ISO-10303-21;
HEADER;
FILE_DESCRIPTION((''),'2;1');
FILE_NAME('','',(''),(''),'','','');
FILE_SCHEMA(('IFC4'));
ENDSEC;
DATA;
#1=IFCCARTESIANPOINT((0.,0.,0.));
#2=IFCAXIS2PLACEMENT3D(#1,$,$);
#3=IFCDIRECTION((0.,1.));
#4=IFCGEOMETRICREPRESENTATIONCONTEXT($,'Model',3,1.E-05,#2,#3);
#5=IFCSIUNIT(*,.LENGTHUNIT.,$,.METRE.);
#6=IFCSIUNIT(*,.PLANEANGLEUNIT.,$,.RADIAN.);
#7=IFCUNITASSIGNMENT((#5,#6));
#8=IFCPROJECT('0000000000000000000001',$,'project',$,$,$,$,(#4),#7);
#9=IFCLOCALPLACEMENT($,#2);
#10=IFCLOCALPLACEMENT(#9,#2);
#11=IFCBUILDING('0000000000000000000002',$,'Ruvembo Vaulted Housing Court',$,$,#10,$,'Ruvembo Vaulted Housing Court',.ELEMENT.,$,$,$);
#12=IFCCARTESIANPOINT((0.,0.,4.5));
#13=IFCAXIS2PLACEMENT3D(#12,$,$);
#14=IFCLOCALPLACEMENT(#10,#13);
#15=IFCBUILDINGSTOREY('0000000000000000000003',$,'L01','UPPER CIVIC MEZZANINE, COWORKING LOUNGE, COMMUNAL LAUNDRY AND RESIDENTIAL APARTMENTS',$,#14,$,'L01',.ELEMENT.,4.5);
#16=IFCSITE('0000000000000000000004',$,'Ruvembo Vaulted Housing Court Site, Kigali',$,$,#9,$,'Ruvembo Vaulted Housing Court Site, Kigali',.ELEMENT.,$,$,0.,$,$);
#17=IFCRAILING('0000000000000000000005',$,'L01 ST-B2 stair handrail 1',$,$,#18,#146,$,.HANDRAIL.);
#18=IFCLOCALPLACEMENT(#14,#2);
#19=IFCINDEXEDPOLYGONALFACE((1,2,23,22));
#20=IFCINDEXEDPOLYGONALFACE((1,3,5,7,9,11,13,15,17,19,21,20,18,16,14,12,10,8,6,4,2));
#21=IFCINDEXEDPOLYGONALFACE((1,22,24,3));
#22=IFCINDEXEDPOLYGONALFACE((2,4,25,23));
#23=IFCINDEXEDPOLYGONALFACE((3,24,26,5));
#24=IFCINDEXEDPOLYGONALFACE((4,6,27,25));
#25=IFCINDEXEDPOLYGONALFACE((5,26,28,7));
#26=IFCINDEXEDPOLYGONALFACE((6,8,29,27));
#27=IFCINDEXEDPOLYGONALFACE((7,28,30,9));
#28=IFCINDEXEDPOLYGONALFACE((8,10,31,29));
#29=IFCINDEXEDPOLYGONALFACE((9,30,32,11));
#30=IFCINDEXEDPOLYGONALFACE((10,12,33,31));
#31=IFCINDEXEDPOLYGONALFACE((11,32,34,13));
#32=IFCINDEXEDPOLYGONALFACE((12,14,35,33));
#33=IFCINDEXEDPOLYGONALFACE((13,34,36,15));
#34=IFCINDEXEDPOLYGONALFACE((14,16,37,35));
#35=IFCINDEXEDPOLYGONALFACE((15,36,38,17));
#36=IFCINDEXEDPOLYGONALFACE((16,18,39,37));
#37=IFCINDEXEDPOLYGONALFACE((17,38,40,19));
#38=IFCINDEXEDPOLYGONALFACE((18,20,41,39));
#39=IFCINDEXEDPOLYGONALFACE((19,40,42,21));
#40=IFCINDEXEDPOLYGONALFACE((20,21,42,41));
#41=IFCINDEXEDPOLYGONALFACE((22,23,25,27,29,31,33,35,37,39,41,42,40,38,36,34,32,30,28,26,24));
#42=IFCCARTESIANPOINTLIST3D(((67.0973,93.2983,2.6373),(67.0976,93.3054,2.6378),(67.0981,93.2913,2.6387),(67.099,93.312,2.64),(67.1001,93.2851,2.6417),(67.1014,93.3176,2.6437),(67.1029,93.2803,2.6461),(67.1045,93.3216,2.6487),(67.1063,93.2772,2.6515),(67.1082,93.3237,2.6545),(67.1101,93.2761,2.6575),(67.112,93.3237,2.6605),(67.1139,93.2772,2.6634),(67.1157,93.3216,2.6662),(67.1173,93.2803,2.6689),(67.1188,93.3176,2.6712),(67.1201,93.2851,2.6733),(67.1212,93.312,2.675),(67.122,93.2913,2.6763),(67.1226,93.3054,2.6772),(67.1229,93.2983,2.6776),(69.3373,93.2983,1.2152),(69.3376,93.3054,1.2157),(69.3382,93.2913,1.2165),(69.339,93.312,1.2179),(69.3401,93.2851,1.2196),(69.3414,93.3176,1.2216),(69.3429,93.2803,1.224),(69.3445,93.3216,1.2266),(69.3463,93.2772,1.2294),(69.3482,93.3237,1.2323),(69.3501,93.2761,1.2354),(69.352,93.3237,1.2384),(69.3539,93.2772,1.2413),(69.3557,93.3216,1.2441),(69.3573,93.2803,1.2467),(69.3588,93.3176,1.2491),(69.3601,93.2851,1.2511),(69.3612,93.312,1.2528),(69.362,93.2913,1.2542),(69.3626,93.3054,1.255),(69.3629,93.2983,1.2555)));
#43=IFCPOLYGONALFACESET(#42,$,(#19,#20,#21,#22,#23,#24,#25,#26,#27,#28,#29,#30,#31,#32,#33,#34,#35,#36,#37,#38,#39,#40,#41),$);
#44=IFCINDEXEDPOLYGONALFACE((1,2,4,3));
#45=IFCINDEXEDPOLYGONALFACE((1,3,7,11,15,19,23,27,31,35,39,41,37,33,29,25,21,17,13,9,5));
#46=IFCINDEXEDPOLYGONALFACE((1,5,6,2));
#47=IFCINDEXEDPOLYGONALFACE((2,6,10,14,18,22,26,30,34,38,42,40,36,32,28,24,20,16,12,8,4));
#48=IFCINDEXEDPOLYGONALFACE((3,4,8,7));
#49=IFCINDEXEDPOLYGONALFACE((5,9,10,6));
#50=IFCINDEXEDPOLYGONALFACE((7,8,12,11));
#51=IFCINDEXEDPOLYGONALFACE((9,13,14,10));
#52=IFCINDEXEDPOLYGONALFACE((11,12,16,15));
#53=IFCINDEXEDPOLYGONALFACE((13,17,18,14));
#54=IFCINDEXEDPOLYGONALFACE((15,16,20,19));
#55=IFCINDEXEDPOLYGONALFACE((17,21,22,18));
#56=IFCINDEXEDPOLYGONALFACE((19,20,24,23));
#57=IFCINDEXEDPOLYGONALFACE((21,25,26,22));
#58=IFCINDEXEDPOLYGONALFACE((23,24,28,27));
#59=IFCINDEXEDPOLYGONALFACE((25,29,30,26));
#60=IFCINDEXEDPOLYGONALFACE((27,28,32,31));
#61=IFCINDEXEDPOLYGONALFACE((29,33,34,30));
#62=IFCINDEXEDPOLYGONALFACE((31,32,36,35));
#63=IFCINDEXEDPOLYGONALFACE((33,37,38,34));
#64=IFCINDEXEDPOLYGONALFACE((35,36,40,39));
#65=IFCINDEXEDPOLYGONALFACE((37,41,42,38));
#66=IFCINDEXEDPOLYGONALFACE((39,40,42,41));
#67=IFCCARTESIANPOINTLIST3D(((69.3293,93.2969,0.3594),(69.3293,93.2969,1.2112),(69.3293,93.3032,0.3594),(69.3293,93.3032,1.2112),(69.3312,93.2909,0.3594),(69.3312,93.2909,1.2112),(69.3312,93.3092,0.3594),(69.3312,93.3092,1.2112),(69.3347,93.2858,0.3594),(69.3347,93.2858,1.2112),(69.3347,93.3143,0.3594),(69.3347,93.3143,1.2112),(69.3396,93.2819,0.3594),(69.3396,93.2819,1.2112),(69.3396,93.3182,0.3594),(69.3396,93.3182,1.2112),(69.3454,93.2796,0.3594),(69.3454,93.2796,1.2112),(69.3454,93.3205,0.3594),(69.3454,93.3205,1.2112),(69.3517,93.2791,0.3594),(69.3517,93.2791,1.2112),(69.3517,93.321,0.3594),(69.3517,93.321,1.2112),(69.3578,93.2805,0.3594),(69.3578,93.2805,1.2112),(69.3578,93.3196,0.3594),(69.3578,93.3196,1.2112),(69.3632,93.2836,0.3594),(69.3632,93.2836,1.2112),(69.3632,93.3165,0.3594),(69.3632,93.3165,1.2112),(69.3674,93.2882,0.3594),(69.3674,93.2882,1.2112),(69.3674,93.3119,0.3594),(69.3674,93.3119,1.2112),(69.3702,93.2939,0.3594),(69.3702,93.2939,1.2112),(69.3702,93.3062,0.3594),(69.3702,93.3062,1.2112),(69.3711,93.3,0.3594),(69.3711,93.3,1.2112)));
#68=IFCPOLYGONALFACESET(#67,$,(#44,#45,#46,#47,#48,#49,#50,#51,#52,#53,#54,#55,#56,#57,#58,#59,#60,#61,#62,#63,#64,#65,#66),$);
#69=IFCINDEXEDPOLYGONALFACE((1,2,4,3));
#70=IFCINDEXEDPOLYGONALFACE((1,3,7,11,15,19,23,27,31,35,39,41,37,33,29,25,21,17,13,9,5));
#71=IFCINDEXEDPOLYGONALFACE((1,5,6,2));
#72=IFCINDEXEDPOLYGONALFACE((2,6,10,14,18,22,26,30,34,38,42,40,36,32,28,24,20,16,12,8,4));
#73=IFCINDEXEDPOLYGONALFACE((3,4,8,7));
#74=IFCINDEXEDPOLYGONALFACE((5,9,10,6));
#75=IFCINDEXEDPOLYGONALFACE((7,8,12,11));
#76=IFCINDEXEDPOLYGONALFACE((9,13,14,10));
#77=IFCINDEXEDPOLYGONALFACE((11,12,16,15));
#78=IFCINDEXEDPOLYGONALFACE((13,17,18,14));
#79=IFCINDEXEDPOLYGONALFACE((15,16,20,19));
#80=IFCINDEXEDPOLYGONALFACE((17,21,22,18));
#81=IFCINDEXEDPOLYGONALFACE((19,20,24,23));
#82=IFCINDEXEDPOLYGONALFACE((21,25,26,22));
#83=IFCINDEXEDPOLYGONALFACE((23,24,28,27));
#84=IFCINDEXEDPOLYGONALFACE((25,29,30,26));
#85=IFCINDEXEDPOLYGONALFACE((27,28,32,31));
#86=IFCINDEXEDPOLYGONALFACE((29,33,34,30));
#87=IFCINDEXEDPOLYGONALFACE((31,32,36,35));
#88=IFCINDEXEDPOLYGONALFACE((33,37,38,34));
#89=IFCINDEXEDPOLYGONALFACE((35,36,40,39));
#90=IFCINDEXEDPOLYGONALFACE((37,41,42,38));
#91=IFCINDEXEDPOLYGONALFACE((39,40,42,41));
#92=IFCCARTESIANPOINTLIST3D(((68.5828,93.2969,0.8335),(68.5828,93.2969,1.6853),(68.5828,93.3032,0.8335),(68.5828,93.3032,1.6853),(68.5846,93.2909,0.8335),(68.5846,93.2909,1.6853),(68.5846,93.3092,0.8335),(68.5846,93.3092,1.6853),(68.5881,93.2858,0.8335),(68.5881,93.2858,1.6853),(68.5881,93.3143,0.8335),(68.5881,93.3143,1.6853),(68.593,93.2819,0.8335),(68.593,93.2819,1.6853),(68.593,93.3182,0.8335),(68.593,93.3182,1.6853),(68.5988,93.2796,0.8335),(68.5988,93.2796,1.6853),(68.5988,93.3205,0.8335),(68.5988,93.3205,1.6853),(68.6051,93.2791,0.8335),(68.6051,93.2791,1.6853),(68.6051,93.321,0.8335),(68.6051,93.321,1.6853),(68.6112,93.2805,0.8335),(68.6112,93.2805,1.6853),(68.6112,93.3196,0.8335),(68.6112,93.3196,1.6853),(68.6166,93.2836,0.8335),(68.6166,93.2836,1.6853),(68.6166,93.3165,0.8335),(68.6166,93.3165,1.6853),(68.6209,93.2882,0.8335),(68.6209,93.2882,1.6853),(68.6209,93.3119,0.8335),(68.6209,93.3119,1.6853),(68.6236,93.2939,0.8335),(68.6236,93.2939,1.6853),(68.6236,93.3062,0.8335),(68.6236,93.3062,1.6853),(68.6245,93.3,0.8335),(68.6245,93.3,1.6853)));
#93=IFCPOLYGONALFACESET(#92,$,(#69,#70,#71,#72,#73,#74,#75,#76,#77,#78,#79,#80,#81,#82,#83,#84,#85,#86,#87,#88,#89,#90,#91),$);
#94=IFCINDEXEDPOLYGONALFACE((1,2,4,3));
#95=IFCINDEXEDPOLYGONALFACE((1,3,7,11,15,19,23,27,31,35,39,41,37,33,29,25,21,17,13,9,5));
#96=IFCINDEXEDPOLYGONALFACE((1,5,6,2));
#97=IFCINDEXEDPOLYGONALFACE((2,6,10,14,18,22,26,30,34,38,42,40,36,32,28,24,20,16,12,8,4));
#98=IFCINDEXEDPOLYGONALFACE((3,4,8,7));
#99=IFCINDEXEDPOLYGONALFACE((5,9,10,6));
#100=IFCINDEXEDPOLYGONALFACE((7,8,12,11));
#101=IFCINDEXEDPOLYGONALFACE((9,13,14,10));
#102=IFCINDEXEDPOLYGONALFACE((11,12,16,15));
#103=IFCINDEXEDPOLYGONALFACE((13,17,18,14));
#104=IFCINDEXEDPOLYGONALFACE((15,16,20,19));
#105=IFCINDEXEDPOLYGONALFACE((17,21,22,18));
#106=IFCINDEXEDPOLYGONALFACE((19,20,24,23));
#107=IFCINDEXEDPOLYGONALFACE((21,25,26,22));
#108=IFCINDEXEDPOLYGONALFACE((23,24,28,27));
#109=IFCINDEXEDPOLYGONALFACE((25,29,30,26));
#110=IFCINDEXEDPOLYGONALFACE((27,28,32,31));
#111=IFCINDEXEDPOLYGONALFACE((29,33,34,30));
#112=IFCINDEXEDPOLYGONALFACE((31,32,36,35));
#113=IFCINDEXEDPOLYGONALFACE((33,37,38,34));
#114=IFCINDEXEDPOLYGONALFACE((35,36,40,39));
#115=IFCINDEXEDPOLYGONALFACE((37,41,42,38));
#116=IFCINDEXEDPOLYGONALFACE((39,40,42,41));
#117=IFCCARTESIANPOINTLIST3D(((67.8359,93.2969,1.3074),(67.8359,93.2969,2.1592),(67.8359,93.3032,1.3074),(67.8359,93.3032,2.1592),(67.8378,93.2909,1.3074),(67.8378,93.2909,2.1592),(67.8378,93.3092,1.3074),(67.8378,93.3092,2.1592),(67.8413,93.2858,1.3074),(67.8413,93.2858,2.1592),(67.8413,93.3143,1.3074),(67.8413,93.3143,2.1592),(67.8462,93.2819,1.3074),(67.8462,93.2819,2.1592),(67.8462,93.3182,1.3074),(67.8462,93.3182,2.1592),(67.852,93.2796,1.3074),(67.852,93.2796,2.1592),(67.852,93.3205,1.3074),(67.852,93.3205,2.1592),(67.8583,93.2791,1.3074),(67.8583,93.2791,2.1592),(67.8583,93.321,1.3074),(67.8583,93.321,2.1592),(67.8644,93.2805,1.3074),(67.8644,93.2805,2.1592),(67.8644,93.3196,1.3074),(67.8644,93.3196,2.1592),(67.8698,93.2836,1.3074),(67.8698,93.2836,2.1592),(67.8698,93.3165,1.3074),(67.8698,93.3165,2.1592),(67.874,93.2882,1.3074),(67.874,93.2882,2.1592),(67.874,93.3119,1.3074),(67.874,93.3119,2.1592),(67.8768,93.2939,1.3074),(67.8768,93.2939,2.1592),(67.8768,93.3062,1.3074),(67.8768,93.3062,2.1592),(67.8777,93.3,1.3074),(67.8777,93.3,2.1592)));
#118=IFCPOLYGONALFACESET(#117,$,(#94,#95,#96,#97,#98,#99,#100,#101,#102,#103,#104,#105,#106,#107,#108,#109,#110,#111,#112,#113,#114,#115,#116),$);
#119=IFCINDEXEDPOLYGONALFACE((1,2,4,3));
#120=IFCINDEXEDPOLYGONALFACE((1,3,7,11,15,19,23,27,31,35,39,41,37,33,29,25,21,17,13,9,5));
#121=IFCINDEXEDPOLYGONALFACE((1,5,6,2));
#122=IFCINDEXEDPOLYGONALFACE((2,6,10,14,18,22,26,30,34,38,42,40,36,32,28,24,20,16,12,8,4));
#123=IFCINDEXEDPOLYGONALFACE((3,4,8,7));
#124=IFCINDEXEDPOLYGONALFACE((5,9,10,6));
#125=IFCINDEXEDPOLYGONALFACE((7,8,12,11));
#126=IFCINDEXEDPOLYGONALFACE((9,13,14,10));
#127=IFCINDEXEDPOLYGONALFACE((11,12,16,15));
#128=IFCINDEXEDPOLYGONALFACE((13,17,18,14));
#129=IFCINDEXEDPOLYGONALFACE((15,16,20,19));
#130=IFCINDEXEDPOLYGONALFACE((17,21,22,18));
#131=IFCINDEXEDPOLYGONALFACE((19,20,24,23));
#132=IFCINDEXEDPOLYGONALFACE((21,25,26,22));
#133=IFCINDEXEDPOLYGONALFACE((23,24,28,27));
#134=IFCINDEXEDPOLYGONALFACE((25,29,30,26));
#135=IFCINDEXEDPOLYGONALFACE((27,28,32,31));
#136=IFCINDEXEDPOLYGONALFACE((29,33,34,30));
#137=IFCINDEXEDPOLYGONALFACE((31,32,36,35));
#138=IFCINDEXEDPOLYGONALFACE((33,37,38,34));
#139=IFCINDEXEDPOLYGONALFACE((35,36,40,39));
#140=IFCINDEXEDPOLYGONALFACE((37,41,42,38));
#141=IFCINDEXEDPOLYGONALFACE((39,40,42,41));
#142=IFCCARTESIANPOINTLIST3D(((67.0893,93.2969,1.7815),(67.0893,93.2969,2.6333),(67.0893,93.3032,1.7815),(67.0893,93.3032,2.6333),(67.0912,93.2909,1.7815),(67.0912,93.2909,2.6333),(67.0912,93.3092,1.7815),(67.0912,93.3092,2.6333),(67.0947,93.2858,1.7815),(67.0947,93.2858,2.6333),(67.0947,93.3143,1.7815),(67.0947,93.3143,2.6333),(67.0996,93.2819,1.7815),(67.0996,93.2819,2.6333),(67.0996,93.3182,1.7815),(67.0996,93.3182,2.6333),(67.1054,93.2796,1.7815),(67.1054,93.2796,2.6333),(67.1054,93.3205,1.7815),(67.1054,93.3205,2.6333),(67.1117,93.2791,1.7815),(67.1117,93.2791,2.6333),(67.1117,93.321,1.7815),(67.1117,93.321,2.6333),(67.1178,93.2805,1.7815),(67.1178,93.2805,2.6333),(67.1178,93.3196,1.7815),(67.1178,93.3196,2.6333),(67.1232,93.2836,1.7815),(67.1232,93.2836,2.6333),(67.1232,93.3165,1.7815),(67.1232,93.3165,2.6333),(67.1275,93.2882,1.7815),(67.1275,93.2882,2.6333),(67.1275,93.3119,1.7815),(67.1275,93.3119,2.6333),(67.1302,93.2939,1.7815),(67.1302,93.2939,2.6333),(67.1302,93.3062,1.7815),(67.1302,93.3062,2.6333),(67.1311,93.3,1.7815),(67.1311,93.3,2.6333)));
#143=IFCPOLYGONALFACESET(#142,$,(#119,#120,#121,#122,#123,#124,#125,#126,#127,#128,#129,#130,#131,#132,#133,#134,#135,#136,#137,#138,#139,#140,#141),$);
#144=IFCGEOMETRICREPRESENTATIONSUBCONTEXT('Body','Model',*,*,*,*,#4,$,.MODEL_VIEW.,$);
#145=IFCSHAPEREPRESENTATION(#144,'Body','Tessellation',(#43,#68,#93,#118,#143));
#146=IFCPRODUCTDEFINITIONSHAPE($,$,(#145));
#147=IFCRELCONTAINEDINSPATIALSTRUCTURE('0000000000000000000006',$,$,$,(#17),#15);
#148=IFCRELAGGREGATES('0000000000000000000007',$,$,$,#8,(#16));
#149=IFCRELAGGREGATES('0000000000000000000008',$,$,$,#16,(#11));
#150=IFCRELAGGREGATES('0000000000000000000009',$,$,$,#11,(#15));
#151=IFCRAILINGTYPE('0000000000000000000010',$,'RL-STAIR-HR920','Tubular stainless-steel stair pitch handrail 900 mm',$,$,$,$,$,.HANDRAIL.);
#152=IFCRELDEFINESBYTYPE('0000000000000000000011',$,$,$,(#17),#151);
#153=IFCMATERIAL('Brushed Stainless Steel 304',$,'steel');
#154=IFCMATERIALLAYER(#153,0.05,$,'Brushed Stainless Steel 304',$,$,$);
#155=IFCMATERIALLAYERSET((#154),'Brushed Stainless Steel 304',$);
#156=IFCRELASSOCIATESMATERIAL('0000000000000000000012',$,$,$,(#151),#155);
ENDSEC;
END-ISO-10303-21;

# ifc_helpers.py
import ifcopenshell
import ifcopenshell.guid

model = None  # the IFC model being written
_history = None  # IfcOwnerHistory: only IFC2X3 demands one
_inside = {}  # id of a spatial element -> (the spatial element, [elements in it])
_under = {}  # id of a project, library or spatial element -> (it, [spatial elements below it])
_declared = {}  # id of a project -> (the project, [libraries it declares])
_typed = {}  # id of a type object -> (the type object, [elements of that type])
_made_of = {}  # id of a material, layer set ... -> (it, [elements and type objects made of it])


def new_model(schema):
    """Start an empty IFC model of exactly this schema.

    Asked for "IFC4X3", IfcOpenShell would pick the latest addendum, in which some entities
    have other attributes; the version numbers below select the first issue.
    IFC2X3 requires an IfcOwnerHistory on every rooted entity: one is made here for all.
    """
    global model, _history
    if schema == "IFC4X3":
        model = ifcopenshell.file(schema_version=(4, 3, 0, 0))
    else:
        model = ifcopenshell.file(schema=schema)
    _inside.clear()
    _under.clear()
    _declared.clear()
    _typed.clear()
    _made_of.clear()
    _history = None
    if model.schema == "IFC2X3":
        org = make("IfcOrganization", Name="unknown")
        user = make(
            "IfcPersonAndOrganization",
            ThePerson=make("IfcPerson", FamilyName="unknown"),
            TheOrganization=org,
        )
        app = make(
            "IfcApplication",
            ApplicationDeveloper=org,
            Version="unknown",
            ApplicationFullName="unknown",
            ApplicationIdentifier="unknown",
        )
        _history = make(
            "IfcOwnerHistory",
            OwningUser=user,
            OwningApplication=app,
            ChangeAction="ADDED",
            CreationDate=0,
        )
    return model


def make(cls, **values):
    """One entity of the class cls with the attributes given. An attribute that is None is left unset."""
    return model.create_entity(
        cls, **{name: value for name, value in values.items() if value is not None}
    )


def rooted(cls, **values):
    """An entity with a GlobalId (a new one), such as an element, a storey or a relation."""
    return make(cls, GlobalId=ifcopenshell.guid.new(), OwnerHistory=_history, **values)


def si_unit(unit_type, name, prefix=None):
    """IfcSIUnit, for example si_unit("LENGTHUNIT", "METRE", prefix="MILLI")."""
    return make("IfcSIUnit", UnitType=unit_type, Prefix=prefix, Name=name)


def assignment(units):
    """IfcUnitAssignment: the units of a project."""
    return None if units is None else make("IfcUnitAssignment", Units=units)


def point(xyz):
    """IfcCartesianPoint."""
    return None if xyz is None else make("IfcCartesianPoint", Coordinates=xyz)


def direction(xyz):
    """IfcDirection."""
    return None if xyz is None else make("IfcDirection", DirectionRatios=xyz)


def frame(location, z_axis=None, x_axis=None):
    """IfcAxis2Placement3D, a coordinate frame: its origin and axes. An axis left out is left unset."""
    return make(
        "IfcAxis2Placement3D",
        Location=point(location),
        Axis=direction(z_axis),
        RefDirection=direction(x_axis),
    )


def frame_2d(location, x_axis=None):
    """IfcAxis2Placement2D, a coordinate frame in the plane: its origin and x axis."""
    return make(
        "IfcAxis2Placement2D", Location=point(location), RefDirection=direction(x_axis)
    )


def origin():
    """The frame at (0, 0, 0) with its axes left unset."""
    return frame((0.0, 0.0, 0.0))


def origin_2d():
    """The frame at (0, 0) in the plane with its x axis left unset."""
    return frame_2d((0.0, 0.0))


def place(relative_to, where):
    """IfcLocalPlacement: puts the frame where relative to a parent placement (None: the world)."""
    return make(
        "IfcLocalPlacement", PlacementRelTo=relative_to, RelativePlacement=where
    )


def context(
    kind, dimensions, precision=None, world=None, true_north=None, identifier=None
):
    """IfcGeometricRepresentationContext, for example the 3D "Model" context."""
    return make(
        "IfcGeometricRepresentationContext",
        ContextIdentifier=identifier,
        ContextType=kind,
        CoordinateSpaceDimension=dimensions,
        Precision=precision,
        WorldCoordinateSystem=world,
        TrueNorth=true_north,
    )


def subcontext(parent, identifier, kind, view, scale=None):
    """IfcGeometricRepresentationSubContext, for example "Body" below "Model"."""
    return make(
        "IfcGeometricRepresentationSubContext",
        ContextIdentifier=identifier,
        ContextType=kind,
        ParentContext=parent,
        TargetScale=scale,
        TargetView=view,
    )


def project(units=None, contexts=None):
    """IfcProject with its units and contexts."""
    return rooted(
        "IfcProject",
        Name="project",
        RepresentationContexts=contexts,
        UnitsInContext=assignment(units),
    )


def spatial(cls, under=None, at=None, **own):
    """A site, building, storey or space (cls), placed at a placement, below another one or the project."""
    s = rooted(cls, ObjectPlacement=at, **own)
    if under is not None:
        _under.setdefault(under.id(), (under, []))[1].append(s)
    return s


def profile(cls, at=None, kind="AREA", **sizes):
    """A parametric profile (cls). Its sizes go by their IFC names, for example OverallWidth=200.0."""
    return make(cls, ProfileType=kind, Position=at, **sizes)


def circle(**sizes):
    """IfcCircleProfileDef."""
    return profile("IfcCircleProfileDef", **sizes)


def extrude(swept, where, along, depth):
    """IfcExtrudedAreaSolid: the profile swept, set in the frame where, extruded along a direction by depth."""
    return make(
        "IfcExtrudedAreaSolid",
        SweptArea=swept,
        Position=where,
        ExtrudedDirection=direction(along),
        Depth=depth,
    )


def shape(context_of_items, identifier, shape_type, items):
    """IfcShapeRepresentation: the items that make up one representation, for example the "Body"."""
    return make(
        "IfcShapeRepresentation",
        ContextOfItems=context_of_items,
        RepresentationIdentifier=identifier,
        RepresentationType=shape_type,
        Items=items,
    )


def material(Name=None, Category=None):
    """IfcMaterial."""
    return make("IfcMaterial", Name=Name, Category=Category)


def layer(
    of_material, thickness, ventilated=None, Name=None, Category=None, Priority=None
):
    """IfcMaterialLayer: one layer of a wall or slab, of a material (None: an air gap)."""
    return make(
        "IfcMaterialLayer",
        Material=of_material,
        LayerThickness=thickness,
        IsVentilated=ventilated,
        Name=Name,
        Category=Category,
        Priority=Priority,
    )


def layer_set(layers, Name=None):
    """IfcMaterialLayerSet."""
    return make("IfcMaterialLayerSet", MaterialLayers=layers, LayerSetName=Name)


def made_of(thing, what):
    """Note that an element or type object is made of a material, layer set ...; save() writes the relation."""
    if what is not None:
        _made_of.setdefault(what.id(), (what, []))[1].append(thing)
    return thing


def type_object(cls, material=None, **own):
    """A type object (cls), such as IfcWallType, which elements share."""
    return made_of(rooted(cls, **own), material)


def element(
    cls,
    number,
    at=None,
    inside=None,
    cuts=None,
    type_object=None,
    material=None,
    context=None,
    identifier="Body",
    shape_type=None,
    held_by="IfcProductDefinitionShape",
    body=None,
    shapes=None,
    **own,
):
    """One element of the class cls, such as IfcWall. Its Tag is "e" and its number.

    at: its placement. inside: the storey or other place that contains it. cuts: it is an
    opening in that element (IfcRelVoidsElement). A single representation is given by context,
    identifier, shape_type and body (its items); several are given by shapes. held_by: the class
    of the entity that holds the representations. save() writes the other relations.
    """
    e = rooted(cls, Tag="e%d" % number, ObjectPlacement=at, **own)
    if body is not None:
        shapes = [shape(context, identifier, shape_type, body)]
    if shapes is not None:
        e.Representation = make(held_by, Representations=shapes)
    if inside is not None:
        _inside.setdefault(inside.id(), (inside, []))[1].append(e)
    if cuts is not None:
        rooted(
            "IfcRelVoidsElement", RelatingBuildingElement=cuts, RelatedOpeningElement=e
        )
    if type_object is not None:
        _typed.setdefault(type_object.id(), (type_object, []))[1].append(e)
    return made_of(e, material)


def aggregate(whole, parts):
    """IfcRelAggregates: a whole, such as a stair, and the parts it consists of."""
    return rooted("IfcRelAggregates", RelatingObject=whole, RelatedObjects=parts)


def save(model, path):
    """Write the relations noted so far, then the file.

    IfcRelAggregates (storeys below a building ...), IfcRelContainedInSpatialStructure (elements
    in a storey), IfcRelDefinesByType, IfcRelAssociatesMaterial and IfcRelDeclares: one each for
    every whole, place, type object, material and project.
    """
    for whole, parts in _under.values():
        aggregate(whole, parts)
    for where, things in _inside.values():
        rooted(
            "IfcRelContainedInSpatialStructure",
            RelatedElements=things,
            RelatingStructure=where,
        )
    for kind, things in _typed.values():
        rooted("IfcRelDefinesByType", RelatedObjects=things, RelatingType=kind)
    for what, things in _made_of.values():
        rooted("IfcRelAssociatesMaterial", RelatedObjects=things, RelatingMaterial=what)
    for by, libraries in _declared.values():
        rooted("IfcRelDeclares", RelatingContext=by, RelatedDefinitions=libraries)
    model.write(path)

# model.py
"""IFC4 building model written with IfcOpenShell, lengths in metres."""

from ifc_helpers import new_model, si_unit, direction, frame, origin, origin_2d, place, context, subcontext, project, spatial, circle, extrude, material, layer, layer_set, type_object, element, save


model = new_model("IFC4")

# Units and contexts
model_context = context("Model", 3, precision=1e-05, world=origin(), true_north=direction((0.0, 1.0)))
body_context = subcontext(model_context, "Body", "Model", "MODEL_VIEW")
ifc_project = project(units=[si_unit("LENGTHUNIT", "METRE"), si_unit("PLANEANGLEUNIT", "RADIAN")], contexts=[model_context])

# Site, building, storey
site_placement = place(None, origin())
site = spatial("IfcSite", under=ifc_project, at=site_placement, Name="Ruvembo Vaulted Housing Court Site, Kigali", LongName="Ruvembo Vaulted Housing Court Site, Kigali", CompositionType="ELEMENT", RefElevation=0.0)
building_placement = place(site_placement, origin())
building = spatial("IfcBuilding", under=site, at=building_placement, Name="Ruvembo Vaulted Housing Court", LongName="Ruvembo Vaulted Housing Court", CompositionType="ELEMENT")
storey_placement = place(building_placement, frame((0.0, 0.0, 4.5)))
storey = spatial("IfcBuildingStorey", under=building, at=storey_placement, Name="L01", Description="UPPER CIVIC MEZZANINE, COWORKING LOUNGE, COMMUNAL LAUNDRY AND RESIDENTIAL APARTMENTS", LongName="L01", CompositionType="ELEMENT", Elevation=4.5)

# Shared definitions
ifc_material_1 = material(Name="Brushed Stainless Steel 304", Category="steel")

# Railing
ifc_layer_1 = layer(ifc_material_1, 0.05, Name="Brushed Stainless Steel 304")
ifc_layer_set_1 = layer_set([ifc_layer_1], Name="Brushed Stainless Steel 304")
railing_type_1 = type_object("IfcRailingType", Name="RL-STAIR-HR920", Description="Tubular stainless-steel stair pitch handrail 900 mm", PredefinedType="HANDRAIL", material=ifc_layer_set_1)
railing_1_placement = place(storey_placement, frame((69.3501, 93.3, 0.3594)))
element("IfcRailing", 1, at=railing_1_placement, inside=storey, type_object=railing_type_1, Name="L01 ST-B2 stair handrail 1", PredefinedType="HANDRAIL", context=body_context, shape_type="SweptSolid", body=[
    extrude(circle(Radius=0.0239, at=origin_2d()), frame((0.0, 0.0, 0.876), z_axis=(-0.844229, 0.0, 0.535982), x_axis=(0.0, -1.0, 0.0)), (0.0, 0.0, 1.0), 2.6533),
    extrude(circle(Radius=0.021, at=origin_2d()), origin(), (0.0, 0.0, 1.0), 0.8518),
    extrude(circle(Radius=0.021, at=origin_2d()), frame((-0.7466, 0.0, 0.4741)), (0.0, 0.0, 1.0), 0.8518),
    extrude(circle(Radius=0.021, at=origin_2d()), frame((-1.4934, 0.0, 0.948)), (0.0, 0.0, 1.0), 0.8518),
    extrude(circle(Radius=0.021, at=origin_2d()), frame((-2.24, 0.0, 1.4221)), (0.0, 0.0, 1.0), 0.8518),
])

save(model, "model.ifc")
